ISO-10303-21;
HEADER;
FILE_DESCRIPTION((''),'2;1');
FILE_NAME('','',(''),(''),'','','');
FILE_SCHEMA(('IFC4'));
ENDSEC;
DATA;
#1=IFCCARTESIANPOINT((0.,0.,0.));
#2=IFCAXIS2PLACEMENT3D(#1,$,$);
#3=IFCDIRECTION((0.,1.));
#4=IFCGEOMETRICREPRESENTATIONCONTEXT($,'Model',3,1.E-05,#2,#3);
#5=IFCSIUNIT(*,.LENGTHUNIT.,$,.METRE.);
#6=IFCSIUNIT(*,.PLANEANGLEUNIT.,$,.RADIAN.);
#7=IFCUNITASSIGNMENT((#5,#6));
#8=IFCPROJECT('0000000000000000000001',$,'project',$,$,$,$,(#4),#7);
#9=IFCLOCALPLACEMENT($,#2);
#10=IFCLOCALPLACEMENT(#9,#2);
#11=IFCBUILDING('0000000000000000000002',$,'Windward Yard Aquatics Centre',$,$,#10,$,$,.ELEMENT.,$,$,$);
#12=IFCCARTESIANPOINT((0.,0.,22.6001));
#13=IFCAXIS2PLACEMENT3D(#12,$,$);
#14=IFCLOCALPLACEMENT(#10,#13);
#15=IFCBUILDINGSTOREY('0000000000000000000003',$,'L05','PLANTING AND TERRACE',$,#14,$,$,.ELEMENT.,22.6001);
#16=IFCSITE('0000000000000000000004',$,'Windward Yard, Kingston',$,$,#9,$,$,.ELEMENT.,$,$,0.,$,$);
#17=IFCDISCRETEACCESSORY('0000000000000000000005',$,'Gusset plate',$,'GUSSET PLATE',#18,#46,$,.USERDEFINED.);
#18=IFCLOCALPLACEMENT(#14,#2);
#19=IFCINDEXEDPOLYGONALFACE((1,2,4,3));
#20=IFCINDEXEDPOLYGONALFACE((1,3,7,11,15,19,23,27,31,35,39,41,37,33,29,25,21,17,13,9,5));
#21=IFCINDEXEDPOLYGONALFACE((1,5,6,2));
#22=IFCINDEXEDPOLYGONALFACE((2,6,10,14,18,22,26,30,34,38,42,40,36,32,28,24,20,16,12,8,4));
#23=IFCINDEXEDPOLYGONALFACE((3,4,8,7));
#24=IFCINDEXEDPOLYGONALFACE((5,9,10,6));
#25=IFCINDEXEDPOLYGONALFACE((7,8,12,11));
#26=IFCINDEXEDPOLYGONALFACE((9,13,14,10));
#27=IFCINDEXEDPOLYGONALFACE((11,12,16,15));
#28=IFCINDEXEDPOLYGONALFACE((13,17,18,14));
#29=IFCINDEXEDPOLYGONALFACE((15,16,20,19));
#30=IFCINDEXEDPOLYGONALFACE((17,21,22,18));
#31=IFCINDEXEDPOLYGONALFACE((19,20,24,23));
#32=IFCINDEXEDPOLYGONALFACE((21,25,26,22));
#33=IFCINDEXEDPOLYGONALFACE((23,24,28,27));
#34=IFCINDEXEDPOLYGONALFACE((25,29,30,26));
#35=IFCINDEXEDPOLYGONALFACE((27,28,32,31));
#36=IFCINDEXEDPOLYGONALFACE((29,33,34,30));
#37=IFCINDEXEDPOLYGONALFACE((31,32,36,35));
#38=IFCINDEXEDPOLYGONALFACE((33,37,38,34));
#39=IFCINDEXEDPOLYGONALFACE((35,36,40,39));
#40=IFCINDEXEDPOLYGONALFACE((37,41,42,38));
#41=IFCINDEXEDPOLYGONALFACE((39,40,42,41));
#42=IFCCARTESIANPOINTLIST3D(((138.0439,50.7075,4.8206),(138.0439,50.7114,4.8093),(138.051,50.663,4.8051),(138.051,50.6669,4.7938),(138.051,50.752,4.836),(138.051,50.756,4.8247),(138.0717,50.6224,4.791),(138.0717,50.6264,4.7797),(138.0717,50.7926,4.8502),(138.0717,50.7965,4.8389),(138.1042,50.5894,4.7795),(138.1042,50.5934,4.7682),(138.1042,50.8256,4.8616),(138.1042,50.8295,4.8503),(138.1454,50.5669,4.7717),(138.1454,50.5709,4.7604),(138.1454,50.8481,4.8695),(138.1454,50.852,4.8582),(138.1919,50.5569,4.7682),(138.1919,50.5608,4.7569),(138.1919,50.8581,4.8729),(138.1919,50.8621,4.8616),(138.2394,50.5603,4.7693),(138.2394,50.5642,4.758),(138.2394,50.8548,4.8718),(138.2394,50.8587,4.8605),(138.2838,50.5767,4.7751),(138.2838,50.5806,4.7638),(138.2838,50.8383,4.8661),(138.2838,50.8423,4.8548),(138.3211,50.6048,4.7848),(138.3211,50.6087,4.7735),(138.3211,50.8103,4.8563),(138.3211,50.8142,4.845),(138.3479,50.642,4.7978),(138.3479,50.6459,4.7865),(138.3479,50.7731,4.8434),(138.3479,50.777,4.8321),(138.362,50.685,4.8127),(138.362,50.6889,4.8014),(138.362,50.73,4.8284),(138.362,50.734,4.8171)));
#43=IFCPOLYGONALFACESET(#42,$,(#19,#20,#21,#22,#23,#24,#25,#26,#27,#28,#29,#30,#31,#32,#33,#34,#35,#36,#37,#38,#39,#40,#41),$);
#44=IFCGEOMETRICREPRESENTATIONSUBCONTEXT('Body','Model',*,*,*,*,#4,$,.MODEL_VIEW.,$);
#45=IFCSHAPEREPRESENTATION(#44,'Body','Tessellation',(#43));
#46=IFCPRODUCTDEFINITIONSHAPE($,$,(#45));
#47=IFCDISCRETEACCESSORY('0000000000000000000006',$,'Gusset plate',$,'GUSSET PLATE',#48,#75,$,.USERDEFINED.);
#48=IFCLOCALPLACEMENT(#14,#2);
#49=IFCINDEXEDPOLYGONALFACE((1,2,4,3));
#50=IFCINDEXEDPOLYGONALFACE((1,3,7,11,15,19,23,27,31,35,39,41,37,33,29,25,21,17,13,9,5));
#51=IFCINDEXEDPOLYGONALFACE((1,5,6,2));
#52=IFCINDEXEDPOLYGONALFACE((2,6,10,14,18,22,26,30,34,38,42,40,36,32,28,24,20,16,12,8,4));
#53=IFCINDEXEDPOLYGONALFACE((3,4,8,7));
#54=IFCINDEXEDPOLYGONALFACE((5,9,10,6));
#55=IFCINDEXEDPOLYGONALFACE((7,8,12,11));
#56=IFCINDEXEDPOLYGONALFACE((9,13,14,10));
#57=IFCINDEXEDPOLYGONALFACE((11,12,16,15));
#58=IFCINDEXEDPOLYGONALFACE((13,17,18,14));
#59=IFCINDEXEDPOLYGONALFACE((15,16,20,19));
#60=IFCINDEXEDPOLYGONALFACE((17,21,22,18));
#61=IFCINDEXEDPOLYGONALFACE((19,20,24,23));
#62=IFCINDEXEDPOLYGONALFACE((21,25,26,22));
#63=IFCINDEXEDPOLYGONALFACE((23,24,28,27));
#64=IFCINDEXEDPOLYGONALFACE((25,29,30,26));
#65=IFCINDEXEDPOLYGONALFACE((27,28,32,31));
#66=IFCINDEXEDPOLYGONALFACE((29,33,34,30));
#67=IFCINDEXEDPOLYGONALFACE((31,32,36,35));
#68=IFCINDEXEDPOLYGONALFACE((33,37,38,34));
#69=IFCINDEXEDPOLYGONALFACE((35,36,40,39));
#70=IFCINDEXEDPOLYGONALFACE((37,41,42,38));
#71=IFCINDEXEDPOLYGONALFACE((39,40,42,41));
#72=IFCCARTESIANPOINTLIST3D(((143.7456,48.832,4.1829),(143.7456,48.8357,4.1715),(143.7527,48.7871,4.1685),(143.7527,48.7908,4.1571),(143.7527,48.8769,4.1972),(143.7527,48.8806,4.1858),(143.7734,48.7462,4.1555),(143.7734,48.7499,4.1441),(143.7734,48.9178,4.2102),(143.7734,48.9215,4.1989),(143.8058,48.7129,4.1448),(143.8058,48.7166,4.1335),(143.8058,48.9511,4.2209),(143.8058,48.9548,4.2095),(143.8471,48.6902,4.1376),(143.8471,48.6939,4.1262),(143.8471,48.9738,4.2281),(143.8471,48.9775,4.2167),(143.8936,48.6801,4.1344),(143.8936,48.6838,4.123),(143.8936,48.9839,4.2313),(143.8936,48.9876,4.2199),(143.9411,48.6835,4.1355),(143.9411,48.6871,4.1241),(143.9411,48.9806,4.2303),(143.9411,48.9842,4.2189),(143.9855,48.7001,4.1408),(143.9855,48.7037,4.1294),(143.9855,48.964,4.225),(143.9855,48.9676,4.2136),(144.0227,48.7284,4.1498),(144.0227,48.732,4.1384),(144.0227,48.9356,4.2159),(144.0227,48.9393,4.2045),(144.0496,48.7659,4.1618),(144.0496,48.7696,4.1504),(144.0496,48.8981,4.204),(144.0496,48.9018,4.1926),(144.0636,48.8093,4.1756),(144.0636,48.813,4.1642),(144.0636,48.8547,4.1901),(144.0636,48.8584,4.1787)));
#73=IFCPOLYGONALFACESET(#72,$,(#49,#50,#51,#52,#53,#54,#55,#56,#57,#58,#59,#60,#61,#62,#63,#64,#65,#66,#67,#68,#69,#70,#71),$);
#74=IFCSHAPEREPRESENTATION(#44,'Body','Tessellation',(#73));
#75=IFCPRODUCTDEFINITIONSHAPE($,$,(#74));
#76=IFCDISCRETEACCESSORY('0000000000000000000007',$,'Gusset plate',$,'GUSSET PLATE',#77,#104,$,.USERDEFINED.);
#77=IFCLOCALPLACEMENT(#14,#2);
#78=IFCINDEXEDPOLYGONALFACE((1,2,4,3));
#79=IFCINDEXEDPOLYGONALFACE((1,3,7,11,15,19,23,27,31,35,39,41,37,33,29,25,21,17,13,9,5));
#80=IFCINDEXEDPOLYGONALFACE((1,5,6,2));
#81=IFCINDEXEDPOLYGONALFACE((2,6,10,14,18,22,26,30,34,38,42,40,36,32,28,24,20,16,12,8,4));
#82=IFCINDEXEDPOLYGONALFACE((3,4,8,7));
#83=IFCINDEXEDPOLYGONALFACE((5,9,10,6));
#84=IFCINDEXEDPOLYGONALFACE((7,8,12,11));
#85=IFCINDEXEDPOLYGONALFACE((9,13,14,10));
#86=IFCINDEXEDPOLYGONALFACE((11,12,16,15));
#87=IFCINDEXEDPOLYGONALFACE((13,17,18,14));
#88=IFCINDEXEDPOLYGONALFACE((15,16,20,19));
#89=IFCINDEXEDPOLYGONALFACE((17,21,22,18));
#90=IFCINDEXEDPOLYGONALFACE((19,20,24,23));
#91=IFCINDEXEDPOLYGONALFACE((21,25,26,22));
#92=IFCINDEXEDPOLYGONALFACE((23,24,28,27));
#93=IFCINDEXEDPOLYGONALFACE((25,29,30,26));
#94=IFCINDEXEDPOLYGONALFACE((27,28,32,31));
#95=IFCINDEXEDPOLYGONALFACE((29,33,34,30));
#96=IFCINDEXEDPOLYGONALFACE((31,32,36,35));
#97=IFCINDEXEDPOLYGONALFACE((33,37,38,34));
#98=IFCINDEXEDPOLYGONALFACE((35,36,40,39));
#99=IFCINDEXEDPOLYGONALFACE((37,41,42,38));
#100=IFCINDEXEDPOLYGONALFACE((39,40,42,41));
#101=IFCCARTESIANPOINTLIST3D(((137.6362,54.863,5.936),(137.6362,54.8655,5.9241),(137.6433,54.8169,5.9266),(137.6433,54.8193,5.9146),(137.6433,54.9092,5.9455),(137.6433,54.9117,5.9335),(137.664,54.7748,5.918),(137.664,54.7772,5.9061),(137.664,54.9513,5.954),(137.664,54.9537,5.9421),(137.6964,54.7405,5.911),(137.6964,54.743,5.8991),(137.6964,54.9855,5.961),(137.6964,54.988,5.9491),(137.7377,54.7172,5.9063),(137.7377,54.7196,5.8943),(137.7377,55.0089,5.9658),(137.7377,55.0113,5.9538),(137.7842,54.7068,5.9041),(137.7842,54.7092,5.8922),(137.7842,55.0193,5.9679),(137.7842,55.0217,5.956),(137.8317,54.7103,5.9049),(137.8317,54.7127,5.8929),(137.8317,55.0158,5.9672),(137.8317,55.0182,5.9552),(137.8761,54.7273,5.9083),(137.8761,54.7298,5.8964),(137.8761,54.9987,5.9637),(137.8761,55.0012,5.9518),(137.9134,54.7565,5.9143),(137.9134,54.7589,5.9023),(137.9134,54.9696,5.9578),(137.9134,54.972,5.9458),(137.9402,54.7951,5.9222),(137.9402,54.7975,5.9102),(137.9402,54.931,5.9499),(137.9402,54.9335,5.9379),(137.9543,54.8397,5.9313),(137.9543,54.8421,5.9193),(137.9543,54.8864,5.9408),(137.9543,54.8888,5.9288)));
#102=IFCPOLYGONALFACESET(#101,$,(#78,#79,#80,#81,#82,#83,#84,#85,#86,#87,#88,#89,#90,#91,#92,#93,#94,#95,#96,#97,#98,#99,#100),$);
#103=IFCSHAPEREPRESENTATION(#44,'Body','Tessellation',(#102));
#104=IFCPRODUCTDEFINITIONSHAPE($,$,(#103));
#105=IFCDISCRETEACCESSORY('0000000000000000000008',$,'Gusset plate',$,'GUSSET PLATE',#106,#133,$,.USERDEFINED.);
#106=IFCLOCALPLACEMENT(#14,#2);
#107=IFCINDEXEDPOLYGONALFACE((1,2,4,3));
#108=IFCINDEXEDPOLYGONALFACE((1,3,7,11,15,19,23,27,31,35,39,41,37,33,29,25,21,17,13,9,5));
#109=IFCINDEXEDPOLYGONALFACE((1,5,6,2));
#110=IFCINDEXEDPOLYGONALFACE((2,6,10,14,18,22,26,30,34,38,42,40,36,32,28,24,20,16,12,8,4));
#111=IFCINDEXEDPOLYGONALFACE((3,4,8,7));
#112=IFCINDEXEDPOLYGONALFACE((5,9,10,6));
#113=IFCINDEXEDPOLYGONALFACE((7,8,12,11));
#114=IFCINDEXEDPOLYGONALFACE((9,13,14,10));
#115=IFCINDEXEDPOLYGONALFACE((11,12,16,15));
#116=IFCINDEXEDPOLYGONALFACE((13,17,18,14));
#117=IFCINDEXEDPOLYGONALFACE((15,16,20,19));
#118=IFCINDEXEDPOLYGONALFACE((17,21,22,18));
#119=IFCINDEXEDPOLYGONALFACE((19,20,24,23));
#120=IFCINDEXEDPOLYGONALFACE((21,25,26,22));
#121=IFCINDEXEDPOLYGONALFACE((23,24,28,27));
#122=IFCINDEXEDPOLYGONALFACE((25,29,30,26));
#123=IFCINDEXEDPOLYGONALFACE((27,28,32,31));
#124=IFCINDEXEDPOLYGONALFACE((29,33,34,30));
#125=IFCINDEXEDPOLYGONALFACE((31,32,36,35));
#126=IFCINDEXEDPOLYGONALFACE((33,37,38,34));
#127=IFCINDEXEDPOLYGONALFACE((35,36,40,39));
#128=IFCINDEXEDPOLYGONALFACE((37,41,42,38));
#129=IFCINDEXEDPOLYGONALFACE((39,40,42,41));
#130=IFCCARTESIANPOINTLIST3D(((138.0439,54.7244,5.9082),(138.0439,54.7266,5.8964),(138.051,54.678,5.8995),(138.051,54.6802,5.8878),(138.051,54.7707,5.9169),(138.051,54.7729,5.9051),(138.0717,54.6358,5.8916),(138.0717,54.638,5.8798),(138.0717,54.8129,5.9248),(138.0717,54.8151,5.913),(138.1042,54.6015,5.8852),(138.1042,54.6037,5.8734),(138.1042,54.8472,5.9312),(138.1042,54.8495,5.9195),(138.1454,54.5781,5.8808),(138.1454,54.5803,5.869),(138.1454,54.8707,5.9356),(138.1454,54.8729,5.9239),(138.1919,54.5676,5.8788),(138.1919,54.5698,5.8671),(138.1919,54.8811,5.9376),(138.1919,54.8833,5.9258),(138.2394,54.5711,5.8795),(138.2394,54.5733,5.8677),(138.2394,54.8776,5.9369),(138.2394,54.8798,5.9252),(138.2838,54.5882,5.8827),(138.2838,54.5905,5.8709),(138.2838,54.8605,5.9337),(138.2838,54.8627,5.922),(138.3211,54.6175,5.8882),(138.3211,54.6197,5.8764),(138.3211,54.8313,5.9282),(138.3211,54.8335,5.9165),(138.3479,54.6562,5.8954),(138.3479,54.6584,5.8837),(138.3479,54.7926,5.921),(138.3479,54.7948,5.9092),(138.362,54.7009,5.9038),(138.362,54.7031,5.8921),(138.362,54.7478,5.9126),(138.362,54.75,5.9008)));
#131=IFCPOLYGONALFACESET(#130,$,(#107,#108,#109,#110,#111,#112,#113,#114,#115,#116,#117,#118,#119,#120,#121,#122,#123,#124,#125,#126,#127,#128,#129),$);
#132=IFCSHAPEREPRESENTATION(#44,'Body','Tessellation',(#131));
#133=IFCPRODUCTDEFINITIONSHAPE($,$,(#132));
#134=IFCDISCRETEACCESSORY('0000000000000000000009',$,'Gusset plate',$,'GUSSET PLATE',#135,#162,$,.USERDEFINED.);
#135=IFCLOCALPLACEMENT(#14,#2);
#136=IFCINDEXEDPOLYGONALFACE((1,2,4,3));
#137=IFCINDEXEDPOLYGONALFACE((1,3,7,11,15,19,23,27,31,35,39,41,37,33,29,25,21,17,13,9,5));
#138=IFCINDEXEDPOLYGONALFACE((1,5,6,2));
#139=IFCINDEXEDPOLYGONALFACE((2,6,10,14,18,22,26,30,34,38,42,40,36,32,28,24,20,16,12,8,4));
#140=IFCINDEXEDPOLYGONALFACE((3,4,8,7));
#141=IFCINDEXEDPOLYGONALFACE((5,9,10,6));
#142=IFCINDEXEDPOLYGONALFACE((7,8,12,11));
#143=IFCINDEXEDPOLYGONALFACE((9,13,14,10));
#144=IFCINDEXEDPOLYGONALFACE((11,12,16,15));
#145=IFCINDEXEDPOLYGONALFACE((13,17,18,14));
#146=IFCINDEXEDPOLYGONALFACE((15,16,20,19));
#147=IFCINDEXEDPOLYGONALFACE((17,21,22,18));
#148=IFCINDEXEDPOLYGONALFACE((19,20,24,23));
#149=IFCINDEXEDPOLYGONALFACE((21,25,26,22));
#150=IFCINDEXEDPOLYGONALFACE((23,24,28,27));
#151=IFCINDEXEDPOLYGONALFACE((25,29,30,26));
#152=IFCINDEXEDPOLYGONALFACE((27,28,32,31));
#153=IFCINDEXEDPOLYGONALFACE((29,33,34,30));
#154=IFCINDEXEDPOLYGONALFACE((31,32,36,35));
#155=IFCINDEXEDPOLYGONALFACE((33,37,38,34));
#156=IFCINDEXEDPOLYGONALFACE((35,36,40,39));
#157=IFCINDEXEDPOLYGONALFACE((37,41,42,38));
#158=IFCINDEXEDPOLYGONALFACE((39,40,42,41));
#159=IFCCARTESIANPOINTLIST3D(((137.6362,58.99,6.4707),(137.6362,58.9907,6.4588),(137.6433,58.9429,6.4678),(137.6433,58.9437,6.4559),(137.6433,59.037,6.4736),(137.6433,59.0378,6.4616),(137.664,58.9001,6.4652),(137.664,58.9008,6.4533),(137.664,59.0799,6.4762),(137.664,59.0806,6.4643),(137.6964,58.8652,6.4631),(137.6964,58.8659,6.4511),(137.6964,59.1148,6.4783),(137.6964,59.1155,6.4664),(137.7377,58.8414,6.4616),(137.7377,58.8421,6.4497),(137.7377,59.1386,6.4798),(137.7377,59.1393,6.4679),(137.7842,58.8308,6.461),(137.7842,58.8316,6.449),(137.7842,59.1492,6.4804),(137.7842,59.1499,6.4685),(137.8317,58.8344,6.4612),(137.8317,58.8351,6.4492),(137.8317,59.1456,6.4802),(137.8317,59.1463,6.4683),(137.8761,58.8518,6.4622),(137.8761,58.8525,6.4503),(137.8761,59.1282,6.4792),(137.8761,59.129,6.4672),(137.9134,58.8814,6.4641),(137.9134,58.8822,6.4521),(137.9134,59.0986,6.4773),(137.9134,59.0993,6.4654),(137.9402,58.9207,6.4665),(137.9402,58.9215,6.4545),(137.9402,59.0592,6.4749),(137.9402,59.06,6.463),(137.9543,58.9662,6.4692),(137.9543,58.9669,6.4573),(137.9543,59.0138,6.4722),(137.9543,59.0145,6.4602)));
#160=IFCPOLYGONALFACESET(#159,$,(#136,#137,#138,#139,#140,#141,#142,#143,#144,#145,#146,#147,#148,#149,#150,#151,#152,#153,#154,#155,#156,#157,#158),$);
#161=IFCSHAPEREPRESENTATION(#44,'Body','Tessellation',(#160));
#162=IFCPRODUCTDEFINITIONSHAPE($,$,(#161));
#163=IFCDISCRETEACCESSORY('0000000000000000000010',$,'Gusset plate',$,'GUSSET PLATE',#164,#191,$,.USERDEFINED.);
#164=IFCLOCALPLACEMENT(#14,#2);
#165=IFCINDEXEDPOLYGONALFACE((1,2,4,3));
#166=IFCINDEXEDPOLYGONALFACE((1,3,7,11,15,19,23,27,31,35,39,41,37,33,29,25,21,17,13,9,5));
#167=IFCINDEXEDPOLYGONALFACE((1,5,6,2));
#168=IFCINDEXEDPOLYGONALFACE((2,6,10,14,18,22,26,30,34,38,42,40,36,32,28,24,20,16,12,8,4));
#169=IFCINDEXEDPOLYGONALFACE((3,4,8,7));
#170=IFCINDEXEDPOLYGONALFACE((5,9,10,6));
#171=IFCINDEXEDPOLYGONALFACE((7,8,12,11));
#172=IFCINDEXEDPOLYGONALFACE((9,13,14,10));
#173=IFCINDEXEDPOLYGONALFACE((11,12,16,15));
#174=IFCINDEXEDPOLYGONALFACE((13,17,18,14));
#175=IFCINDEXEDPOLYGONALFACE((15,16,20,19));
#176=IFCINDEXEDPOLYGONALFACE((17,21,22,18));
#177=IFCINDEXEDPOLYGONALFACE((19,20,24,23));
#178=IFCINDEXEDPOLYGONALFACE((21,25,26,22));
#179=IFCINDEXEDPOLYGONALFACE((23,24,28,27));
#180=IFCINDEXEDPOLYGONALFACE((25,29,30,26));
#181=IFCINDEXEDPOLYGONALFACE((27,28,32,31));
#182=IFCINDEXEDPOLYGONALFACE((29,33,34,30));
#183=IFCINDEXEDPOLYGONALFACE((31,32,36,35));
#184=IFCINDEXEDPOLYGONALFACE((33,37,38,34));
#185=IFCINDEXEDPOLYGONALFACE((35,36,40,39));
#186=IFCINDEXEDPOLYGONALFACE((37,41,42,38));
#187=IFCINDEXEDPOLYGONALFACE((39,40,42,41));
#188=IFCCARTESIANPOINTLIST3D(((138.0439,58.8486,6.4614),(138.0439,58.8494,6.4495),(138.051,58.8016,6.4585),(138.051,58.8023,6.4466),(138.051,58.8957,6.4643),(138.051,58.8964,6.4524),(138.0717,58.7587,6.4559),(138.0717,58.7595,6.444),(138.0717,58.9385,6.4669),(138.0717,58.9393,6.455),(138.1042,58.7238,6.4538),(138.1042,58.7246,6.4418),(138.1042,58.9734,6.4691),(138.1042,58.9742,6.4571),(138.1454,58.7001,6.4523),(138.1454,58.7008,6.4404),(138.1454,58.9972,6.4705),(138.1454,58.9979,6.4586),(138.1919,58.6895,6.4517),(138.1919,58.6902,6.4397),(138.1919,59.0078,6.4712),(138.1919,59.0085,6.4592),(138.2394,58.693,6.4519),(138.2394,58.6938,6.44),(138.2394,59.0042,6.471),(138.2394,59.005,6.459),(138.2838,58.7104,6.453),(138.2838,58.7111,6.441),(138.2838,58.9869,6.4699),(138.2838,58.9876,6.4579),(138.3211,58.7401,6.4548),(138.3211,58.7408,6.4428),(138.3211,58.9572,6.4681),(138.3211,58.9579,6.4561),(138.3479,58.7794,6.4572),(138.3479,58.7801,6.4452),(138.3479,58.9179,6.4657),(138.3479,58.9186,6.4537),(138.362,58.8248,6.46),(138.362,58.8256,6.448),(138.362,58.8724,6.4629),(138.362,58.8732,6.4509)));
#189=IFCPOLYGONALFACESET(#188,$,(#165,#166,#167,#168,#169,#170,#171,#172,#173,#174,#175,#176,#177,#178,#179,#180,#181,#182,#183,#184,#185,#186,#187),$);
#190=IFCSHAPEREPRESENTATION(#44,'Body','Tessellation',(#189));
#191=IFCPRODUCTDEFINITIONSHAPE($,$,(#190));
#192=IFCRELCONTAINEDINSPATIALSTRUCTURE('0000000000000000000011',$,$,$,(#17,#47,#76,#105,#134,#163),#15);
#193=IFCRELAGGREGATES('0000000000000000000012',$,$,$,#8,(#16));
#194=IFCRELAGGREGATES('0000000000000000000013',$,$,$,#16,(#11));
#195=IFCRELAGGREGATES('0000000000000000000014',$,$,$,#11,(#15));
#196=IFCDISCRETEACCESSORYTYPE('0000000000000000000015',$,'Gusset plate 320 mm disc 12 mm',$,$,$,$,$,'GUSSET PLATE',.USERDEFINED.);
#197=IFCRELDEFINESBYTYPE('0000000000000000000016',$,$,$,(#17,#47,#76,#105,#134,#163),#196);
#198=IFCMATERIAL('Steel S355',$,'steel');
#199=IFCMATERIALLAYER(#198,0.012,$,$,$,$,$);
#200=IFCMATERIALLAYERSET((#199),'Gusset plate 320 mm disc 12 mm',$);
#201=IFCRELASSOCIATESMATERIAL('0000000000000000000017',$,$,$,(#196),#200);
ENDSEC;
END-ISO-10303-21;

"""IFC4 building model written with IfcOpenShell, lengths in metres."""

from ifc_helpers import new_model, si_unit, direction, frame, origin, origin_2d, place, context, subcontext, project, spatial, circle, extrude, material, layer, layer_set, type_object, element, save


model = new_model("IFC4")

# Units and contexts
model_context = context("Model", 3, precision=1e-05, world=origin(), true_north=direction((0.0, 1.0)))
body_context = subcontext(model_context, "Body", "Model", "MODEL_VIEW")
ifc_project = project(units=[si_unit("LENGTHUNIT", "METRE"), si_unit("PLANEANGLEUNIT", "RADIAN")], contexts=[model_context])

# Site, building, storey
site_placement = place(None, origin())
site = spatial("IfcSite", under=ifc_project, at=site_placement, Name="Windward Yard, Kingston", CompositionType="ELEMENT", RefElevation=0.0)
building_placement = place(site_placement, origin())
building = spatial("IfcBuilding", under=site, at=building_placement, Name="Windward Yard Aquatics Centre", CompositionType="ELEMENT")
storey_placement = place(building_placement, frame((0.0, 0.0, 22.6001)))
storey = spatial("IfcBuildingStorey", under=building, at=storey_placement, Name="L05", Description="PLANTING AND TERRACE", CompositionType="ELEMENT", Elevation=22.6001)

# Discrete accessories
ifc_material_1 = material(Name="Steel S355", Category="steel")
ifc_layer = layer(ifc_material_1, 0.012)
ifc_layer_set = layer_set([ifc_layer], Name="Gusset plate 320 mm disc 12 mm")
discrete_accessory_type = type_object("IfcDiscreteAccessoryType", Name="Gusset plate 320 mm disc 12 mm", ElementType="GUSSET PLATE", PredefinedType="USERDEFINED", material=ifc_layer_set)
for number, where, z_axis, x_axis, name in (
    (1, (138.2039, 50.7075, 4.8206), (0.0, 0.328521, -0.944497), (-1.0, 0.0, 0.0), "Gusset plate"),
    (2, (143.9055, 48.832, 4.1829), (0.0, 0.30404, -0.952659), (-1.0, 0.0, 0.0), "Gusset plate"),
):
    element("IfcDiscreteAccessory", number, at=place(storey_placement, frame(where, z_axis=z_axis, x_axis=x_axis)), inside=storey, type_object=discrete_accessory_type, Name=name, ObjectType="GUSSET PLATE", PredefinedType="USERDEFINED", context=body_context, shape_type="SweptSolid", body=[
        extrude(circle(Radius=0.1599, at=origin_2d()), origin(), (0.0, 0.0, 1.0), 0.012),
    ])
discrete_accessory_1_placement = place(storey_placement, frame((137.7961, 54.863, 5.936), z_axis=(0.0, 0.19996, -0.979804), x_axis=(-1.0, 0.0, 0.0)))
element("IfcDiscreteAccessory", 3, at=discrete_accessory_1_placement, inside=storey, type_object=discrete_accessory_type, Name="Gusset plate", ObjectType="GUSSET PLATE", PredefinedType="USERDEFINED", context=body_context, shape_type="SweptSolid", body=[
    extrude(circle(Radius=0.1599, at=origin_2d()), origin(), (0.0, 0.0, 1.0), 0.0122),
])
for number, where, z_axis, x_axis, name in (
    (4, (138.2039, 54.7244, 5.9082), (0.0, 0.184289, -0.982872), (-1.0, 0.0, 0.0), "Gusset plate"),
    (5, (137.7961, 58.99, 6.4707), (0.0, 0.06111, -0.998131), (-1.0, 0.0, 0.0), "Gusset plate"),
    (6, (138.2039, 58.8486, 6.4614), (0.0, 0.06111, -0.998131), (-1.0, 0.0, 0.0), "Gusset plate"),
):
    element("IfcDiscreteAccessory", number, at=place(storey_placement, frame(where, z_axis=z_axis, x_axis=x_axis)), inside=storey, type_object=discrete_accessory_type, Name=name, ObjectType="GUSSET PLATE", PredefinedType="USERDEFINED", context=body_context, shape_type="SweptSolid", body=[
        extrude(circle(Radius=0.1599, at=origin_2d()), origin(), (0.0, 0.0, 1.0), 0.012),
    ])

save(model, "model.ifc")
